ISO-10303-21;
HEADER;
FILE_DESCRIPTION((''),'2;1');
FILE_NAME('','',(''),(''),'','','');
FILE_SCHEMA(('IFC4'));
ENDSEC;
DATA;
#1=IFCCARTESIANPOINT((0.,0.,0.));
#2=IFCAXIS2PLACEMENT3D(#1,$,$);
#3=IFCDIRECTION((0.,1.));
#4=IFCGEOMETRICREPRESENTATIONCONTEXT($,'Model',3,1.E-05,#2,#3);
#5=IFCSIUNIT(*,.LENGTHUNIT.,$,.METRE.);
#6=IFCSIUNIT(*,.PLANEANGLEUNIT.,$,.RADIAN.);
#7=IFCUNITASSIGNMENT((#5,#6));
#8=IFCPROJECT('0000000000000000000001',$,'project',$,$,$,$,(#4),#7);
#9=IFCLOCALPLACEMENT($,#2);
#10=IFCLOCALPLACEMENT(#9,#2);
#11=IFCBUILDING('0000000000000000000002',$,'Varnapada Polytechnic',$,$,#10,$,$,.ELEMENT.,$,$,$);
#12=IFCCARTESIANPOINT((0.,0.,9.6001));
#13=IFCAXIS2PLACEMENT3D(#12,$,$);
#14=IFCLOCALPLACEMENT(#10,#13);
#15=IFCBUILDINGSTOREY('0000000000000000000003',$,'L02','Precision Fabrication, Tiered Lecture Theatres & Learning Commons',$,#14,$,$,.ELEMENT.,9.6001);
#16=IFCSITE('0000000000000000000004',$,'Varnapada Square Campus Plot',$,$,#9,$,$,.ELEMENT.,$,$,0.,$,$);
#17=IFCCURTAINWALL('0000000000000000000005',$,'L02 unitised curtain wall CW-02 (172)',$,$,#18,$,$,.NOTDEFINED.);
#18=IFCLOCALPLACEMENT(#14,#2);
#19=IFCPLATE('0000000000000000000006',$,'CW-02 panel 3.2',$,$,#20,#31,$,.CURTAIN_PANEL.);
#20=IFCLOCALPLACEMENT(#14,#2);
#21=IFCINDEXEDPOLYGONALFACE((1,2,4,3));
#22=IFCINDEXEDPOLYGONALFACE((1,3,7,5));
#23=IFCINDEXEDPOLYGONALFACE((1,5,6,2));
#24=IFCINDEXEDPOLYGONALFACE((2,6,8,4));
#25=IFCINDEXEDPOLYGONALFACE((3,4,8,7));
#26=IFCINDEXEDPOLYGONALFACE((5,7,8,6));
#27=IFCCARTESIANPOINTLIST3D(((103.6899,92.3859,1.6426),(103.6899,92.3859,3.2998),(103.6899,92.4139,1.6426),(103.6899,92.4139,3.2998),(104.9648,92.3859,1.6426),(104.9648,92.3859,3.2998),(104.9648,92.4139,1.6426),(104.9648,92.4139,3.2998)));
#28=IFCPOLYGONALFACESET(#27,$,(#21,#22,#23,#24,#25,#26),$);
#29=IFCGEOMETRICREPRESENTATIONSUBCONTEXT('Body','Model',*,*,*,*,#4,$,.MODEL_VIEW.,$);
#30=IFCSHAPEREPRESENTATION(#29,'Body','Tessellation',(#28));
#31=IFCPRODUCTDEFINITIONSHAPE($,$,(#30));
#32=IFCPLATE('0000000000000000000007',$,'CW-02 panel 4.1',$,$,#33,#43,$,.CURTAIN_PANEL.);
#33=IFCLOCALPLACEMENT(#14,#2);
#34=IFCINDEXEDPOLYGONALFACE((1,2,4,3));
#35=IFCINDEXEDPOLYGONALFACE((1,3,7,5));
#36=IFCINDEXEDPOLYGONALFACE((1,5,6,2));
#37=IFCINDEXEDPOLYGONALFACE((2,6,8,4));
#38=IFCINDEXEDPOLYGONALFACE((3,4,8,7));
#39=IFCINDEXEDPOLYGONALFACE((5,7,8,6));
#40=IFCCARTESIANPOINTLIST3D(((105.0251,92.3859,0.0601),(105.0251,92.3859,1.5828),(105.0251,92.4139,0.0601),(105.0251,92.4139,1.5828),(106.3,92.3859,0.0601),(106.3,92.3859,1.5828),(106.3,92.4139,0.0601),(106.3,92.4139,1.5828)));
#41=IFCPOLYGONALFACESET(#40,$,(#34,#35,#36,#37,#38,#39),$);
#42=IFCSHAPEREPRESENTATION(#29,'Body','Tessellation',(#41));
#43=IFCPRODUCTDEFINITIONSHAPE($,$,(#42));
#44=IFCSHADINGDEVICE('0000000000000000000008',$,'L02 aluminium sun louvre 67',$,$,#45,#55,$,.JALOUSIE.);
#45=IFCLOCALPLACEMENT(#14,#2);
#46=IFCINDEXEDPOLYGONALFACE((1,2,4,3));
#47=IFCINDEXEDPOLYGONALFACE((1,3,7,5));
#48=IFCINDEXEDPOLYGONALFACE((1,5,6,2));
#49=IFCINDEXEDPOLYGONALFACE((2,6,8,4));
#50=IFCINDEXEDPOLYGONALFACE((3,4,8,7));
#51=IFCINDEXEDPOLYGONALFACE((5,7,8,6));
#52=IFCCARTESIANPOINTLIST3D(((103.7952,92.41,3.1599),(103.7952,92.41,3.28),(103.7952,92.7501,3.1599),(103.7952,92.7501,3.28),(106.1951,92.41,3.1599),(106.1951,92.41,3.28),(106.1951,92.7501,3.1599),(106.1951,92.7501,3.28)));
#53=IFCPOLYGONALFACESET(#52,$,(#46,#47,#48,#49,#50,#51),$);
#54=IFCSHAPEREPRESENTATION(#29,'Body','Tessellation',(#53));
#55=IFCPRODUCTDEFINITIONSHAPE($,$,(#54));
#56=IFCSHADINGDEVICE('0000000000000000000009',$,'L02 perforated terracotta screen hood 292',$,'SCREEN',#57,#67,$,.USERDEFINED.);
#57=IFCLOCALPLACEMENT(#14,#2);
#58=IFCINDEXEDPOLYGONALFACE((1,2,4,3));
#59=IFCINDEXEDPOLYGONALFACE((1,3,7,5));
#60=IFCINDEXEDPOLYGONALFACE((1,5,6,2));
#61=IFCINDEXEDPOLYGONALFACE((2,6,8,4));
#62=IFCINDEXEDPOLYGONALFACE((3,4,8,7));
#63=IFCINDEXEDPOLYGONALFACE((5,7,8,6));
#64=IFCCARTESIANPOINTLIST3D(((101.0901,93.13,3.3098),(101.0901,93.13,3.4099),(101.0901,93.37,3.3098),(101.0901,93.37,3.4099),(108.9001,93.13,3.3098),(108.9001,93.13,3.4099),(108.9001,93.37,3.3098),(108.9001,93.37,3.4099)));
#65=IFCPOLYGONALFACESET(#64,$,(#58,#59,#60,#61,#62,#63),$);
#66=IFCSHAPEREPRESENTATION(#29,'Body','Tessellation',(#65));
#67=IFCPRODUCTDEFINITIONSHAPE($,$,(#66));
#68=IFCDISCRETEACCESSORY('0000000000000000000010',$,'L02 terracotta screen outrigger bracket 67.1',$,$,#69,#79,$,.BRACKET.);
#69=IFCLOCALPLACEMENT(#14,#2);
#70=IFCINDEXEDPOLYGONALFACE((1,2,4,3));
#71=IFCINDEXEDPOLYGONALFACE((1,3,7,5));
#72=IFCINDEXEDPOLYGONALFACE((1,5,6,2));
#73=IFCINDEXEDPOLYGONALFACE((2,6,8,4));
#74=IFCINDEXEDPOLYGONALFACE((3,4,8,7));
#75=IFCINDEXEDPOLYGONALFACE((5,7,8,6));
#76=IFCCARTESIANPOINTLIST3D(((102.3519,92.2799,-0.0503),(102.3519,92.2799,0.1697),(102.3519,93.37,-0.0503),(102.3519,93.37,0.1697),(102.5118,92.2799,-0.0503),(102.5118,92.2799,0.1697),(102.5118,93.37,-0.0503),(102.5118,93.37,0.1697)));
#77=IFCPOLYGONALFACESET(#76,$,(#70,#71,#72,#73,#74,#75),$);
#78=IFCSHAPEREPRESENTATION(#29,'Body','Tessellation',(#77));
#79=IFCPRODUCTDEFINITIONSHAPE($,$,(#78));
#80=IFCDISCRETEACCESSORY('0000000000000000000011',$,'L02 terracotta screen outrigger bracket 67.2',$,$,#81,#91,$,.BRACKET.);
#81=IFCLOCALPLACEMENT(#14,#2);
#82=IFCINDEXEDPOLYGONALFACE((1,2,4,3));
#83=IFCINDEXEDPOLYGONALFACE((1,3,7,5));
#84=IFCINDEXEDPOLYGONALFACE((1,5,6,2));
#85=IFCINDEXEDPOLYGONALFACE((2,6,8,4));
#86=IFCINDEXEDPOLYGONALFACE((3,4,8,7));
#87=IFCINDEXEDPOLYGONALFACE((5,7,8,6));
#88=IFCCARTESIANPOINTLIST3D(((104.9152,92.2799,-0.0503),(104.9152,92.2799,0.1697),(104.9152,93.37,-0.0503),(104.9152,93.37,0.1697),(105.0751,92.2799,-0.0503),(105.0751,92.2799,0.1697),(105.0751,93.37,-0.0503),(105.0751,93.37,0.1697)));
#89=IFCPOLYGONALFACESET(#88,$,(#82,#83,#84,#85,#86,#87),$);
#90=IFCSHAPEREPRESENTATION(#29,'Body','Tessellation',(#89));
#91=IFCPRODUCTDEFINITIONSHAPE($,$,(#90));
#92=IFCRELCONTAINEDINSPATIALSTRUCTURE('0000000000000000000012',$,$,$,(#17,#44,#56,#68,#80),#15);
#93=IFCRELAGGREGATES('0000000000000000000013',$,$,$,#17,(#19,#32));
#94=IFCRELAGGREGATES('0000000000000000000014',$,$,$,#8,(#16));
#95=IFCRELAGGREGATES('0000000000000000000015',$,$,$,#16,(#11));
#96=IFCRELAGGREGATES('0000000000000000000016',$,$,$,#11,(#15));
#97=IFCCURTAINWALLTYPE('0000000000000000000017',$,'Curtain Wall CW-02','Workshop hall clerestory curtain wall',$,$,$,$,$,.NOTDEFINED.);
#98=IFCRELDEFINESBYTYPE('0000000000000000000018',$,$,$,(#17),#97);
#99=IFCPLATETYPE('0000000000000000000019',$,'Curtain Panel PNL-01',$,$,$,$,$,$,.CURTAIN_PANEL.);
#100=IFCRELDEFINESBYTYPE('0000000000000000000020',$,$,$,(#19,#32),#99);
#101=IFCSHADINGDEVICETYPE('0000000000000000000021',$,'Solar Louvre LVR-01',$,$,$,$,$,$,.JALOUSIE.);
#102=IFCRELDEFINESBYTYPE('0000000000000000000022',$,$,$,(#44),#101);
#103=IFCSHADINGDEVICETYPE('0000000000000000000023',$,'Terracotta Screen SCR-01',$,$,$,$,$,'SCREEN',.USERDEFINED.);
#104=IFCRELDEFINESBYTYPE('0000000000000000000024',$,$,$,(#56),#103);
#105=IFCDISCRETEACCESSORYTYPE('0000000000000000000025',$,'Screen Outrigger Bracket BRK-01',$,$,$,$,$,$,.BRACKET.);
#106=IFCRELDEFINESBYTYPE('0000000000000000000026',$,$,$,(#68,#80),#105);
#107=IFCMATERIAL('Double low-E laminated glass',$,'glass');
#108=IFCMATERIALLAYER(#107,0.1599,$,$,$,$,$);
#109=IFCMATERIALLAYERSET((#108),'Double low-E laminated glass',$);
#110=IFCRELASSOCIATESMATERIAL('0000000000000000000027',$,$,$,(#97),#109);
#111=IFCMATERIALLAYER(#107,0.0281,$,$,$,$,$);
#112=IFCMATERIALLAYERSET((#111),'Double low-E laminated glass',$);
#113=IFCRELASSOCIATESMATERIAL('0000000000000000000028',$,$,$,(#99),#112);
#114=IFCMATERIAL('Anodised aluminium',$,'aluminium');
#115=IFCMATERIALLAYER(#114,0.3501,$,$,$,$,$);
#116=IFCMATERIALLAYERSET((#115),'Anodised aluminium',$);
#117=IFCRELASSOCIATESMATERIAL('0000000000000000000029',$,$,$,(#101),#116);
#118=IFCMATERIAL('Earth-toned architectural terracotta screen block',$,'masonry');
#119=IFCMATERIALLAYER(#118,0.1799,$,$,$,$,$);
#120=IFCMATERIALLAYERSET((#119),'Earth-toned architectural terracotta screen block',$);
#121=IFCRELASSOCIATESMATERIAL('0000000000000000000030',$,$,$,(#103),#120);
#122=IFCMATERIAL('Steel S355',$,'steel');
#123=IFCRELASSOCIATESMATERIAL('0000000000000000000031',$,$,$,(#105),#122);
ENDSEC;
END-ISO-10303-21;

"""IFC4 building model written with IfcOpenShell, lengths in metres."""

from ifc_helpers import new_model, si_unit, direction, frame, origin, origin_2d, place, context, subcontext, project, spatial, rectangle, extrude, material, layer, layer_set, type_object, element, aggregate, save


model = new_model("IFC4")

# Units and contexts
model_context = context("Model", 3, precision=1e-05, world=origin(), true_north=direction((0.0, 1.0)))
body_context = subcontext(model_context, "Body", "Model", "MODEL_VIEW")
ifc_project = project(units=[si_unit("LENGTHUNIT", "METRE"), si_unit("PLANEANGLEUNIT", "RADIAN")], contexts=[model_context])

# Site, building, storey
site_placement = place(None, origin())
site = spatial("IfcSite", under=ifc_project, at=site_placement, Name="Varnapada Square Campus Plot", CompositionType="ELEMENT", RefElevation=0.0)
building_placement = place(site_placement, origin())
building = spatial("IfcBuilding", under=site, at=building_placement, Name="Varnapada Polytechnic", CompositionType="ELEMENT")
storey_placement = place(building_placement, frame((0.0, 0.0, 9.6001)))
storey = spatial("IfcBuildingStorey", under=building, at=storey_placement, Name="L02", Description="Precision Fabrication, Tiered Lecture Theatres & Learning Commons", CompositionType="ELEMENT", Elevation=9.6001)

# Curtain wall, plates
ifc_material_1 = material(Name="Double low-E laminated glass", Category="glass")
ifc_layer_1 = layer(ifc_material_1, 0.1599)
ifc_layer_set_1 = layer_set([ifc_layer_1], Name="Double low-E laminated glass")
curtain_wall_type = type_object("IfcCurtainWallType", Name="Curtain Wall CW-02", Description="Workshop hall clerestory curtain wall", PredefinedType="NOTDEFINED", material=ifc_layer_set_1)
curtain_wall_placement = place(storey_placement, origin())
curtain_wall = element("IfcCurtainWall", 1, at=curtain_wall_placement, inside=storey, type_object=curtain_wall_type, Name="L02 unitised curtain wall CW-02 (172)", PredefinedType="NOTDEFINED")
ifc_material_2 = material(Name="Anodised aluminium", Category="aluminium")
ifc_layer_2 = layer(ifc_material_1, 0.0281)
ifc_layer_set_2 = layer_set([ifc_layer_2], Name="Double low-E laminated glass")
plate_type = type_object("IfcPlateType", Name="Curtain Panel PNL-01", PredefinedType="CURTAIN_PANEL", material=ifc_layer_set_2)
plate_1_placement = place(storey_placement, frame((104.3274, 92.3999, 1.6426), z_axis=(0.0, 0.0, 1.0), x_axis=(1.0, 0.0, 0.0)))
plate_1 = element("IfcPlate", 2, at=plate_1_placement, type_object=plate_type, Name="CW-02 panel 3.2", PredefinedType="CURTAIN_PANEL", context=body_context, shape_type="SweptSolid", body=[
    extrude(rectangle(XDim=1.2749, YDim=0.0281, at=origin_2d()), origin(), (0.0, 0.0, 1.0), 1.6572),
])
plate_2_placement = place(storey_placement, frame((105.6626, 92.3999, 0.0601), z_axis=(0.0, 0.0, 1.0), x_axis=(1.0, 0.0, 0.0)))
plate_2 = element("IfcPlate", 3, at=plate_2_placement, type_object=plate_type, Name="CW-02 panel 4.1", PredefinedType="CURTAIN_PANEL", context=body_context, shape_type="SweptSolid", body=[
    extrude(rectangle(XDim=1.2749, YDim=0.0281, at=origin_2d()), origin(), (0.0, 0.0, 1.0), 1.5227),
])
aggregate(curtain_wall, [plate_1, plate_2])

# Shading devices
ifc_layer_3 = layer(ifc_material_2, 0.3501)
ifc_layer_set_3 = layer_set([ifc_layer_3], Name="Anodised aluminium")
shading_device_type_1 = type_object("IfcShadingDeviceType", Name="Solar Louvre LVR-01", PredefinedType="JALOUSIE", material=ifc_layer_set_3)
shading_device_1_placement = place(storey_placement, frame((104.9951, 92.5801, 3.1599), z_axis=(0.0, 0.0, 1.0), x_axis=(1.0, 0.0, 0.0)))
element("IfcShadingDevice", 4, at=shading_device_1_placement, inside=storey, type_object=shading_device_type_1, Name="L02 aluminium sun louvre 67", PredefinedType="JALOUSIE", context=body_context, shape_type="SweptSolid", body=[
    extrude(rectangle(XDim=2.3999, YDim=0.3401, at=origin_2d()), origin(), (0.0, 0.0, 1.0), 0.1201),
])
ifc_material_3 = material(Name="Earth-toned architectural terracotta screen block", Category="masonry")
ifc_layer_4 = layer(ifc_material_3, 0.1799)
ifc_layer_set_4 = layer_set([ifc_layer_4], Name="Earth-toned architectural terracotta screen block")
shading_device_type_2 = type_object("IfcShadingDeviceType", Name="Terracotta Screen SCR-01", ElementType="SCREEN", PredefinedType="USERDEFINED", material=ifc_layer_set_4)
shading_device_2_placement = place(storey_placement, frame((104.9951, 93.25, 3.3098), z_axis=(0.0, 0.0, 1.0), x_axis=(1.0, 0.0, 0.0)))
element("IfcShadingDevice", 5, at=shading_device_2_placement, inside=storey, type_object=shading_device_type_2, Name="L02 perforated terracotta screen hood 292", ObjectType="SCREEN", PredefinedType="USERDEFINED", context=body_context, shape_type="SweptSolid", body=[
    extrude(rectangle(XDim=7.8101, YDim=0.24, at=origin_2d()), origin(), (0.0, 0.0, 1.0), 0.1001),
])

# Discrete accessories
ifc_material_4 = material(Name="Steel S355", Category="steel")
discrete_accessory_type = type_object("IfcDiscreteAccessoryType", Name="Screen Outrigger Bracket BRK-01", PredefinedType="BRACKET", material=ifc_material_4)
for number, where, z_axis, x_axis, name in (
    (6, (102.4319, 92.825, -0.0503), (0.0, 0.0, 1.0), (1.0, 0.0, 0.0), "L02 terracotta screen outrigger bracket 67.1"),
    (7, (104.9951, 92.825, -0.0503), (0.0, 0.0, 1.0), (1.0, 0.0, 0.0), "L02 terracotta screen outrigger bracket 67.2"),
):
    element("IfcDiscreteAccessory", number, at=place(storey_placement, frame(where, z_axis=z_axis, x_axis=x_axis)), inside=storey, type_object=discrete_accessory_type, Name=name, PredefinedType="BRACKET", context=body_context, shape_type="SweptSolid", body=[
        extrude(rectangle(XDim=0.1599, YDim=1.0901, at=origin_2d()), origin(), (0.0, 0.0, 1.0), 0.22),
    ])

save(model, "model.ifc")
